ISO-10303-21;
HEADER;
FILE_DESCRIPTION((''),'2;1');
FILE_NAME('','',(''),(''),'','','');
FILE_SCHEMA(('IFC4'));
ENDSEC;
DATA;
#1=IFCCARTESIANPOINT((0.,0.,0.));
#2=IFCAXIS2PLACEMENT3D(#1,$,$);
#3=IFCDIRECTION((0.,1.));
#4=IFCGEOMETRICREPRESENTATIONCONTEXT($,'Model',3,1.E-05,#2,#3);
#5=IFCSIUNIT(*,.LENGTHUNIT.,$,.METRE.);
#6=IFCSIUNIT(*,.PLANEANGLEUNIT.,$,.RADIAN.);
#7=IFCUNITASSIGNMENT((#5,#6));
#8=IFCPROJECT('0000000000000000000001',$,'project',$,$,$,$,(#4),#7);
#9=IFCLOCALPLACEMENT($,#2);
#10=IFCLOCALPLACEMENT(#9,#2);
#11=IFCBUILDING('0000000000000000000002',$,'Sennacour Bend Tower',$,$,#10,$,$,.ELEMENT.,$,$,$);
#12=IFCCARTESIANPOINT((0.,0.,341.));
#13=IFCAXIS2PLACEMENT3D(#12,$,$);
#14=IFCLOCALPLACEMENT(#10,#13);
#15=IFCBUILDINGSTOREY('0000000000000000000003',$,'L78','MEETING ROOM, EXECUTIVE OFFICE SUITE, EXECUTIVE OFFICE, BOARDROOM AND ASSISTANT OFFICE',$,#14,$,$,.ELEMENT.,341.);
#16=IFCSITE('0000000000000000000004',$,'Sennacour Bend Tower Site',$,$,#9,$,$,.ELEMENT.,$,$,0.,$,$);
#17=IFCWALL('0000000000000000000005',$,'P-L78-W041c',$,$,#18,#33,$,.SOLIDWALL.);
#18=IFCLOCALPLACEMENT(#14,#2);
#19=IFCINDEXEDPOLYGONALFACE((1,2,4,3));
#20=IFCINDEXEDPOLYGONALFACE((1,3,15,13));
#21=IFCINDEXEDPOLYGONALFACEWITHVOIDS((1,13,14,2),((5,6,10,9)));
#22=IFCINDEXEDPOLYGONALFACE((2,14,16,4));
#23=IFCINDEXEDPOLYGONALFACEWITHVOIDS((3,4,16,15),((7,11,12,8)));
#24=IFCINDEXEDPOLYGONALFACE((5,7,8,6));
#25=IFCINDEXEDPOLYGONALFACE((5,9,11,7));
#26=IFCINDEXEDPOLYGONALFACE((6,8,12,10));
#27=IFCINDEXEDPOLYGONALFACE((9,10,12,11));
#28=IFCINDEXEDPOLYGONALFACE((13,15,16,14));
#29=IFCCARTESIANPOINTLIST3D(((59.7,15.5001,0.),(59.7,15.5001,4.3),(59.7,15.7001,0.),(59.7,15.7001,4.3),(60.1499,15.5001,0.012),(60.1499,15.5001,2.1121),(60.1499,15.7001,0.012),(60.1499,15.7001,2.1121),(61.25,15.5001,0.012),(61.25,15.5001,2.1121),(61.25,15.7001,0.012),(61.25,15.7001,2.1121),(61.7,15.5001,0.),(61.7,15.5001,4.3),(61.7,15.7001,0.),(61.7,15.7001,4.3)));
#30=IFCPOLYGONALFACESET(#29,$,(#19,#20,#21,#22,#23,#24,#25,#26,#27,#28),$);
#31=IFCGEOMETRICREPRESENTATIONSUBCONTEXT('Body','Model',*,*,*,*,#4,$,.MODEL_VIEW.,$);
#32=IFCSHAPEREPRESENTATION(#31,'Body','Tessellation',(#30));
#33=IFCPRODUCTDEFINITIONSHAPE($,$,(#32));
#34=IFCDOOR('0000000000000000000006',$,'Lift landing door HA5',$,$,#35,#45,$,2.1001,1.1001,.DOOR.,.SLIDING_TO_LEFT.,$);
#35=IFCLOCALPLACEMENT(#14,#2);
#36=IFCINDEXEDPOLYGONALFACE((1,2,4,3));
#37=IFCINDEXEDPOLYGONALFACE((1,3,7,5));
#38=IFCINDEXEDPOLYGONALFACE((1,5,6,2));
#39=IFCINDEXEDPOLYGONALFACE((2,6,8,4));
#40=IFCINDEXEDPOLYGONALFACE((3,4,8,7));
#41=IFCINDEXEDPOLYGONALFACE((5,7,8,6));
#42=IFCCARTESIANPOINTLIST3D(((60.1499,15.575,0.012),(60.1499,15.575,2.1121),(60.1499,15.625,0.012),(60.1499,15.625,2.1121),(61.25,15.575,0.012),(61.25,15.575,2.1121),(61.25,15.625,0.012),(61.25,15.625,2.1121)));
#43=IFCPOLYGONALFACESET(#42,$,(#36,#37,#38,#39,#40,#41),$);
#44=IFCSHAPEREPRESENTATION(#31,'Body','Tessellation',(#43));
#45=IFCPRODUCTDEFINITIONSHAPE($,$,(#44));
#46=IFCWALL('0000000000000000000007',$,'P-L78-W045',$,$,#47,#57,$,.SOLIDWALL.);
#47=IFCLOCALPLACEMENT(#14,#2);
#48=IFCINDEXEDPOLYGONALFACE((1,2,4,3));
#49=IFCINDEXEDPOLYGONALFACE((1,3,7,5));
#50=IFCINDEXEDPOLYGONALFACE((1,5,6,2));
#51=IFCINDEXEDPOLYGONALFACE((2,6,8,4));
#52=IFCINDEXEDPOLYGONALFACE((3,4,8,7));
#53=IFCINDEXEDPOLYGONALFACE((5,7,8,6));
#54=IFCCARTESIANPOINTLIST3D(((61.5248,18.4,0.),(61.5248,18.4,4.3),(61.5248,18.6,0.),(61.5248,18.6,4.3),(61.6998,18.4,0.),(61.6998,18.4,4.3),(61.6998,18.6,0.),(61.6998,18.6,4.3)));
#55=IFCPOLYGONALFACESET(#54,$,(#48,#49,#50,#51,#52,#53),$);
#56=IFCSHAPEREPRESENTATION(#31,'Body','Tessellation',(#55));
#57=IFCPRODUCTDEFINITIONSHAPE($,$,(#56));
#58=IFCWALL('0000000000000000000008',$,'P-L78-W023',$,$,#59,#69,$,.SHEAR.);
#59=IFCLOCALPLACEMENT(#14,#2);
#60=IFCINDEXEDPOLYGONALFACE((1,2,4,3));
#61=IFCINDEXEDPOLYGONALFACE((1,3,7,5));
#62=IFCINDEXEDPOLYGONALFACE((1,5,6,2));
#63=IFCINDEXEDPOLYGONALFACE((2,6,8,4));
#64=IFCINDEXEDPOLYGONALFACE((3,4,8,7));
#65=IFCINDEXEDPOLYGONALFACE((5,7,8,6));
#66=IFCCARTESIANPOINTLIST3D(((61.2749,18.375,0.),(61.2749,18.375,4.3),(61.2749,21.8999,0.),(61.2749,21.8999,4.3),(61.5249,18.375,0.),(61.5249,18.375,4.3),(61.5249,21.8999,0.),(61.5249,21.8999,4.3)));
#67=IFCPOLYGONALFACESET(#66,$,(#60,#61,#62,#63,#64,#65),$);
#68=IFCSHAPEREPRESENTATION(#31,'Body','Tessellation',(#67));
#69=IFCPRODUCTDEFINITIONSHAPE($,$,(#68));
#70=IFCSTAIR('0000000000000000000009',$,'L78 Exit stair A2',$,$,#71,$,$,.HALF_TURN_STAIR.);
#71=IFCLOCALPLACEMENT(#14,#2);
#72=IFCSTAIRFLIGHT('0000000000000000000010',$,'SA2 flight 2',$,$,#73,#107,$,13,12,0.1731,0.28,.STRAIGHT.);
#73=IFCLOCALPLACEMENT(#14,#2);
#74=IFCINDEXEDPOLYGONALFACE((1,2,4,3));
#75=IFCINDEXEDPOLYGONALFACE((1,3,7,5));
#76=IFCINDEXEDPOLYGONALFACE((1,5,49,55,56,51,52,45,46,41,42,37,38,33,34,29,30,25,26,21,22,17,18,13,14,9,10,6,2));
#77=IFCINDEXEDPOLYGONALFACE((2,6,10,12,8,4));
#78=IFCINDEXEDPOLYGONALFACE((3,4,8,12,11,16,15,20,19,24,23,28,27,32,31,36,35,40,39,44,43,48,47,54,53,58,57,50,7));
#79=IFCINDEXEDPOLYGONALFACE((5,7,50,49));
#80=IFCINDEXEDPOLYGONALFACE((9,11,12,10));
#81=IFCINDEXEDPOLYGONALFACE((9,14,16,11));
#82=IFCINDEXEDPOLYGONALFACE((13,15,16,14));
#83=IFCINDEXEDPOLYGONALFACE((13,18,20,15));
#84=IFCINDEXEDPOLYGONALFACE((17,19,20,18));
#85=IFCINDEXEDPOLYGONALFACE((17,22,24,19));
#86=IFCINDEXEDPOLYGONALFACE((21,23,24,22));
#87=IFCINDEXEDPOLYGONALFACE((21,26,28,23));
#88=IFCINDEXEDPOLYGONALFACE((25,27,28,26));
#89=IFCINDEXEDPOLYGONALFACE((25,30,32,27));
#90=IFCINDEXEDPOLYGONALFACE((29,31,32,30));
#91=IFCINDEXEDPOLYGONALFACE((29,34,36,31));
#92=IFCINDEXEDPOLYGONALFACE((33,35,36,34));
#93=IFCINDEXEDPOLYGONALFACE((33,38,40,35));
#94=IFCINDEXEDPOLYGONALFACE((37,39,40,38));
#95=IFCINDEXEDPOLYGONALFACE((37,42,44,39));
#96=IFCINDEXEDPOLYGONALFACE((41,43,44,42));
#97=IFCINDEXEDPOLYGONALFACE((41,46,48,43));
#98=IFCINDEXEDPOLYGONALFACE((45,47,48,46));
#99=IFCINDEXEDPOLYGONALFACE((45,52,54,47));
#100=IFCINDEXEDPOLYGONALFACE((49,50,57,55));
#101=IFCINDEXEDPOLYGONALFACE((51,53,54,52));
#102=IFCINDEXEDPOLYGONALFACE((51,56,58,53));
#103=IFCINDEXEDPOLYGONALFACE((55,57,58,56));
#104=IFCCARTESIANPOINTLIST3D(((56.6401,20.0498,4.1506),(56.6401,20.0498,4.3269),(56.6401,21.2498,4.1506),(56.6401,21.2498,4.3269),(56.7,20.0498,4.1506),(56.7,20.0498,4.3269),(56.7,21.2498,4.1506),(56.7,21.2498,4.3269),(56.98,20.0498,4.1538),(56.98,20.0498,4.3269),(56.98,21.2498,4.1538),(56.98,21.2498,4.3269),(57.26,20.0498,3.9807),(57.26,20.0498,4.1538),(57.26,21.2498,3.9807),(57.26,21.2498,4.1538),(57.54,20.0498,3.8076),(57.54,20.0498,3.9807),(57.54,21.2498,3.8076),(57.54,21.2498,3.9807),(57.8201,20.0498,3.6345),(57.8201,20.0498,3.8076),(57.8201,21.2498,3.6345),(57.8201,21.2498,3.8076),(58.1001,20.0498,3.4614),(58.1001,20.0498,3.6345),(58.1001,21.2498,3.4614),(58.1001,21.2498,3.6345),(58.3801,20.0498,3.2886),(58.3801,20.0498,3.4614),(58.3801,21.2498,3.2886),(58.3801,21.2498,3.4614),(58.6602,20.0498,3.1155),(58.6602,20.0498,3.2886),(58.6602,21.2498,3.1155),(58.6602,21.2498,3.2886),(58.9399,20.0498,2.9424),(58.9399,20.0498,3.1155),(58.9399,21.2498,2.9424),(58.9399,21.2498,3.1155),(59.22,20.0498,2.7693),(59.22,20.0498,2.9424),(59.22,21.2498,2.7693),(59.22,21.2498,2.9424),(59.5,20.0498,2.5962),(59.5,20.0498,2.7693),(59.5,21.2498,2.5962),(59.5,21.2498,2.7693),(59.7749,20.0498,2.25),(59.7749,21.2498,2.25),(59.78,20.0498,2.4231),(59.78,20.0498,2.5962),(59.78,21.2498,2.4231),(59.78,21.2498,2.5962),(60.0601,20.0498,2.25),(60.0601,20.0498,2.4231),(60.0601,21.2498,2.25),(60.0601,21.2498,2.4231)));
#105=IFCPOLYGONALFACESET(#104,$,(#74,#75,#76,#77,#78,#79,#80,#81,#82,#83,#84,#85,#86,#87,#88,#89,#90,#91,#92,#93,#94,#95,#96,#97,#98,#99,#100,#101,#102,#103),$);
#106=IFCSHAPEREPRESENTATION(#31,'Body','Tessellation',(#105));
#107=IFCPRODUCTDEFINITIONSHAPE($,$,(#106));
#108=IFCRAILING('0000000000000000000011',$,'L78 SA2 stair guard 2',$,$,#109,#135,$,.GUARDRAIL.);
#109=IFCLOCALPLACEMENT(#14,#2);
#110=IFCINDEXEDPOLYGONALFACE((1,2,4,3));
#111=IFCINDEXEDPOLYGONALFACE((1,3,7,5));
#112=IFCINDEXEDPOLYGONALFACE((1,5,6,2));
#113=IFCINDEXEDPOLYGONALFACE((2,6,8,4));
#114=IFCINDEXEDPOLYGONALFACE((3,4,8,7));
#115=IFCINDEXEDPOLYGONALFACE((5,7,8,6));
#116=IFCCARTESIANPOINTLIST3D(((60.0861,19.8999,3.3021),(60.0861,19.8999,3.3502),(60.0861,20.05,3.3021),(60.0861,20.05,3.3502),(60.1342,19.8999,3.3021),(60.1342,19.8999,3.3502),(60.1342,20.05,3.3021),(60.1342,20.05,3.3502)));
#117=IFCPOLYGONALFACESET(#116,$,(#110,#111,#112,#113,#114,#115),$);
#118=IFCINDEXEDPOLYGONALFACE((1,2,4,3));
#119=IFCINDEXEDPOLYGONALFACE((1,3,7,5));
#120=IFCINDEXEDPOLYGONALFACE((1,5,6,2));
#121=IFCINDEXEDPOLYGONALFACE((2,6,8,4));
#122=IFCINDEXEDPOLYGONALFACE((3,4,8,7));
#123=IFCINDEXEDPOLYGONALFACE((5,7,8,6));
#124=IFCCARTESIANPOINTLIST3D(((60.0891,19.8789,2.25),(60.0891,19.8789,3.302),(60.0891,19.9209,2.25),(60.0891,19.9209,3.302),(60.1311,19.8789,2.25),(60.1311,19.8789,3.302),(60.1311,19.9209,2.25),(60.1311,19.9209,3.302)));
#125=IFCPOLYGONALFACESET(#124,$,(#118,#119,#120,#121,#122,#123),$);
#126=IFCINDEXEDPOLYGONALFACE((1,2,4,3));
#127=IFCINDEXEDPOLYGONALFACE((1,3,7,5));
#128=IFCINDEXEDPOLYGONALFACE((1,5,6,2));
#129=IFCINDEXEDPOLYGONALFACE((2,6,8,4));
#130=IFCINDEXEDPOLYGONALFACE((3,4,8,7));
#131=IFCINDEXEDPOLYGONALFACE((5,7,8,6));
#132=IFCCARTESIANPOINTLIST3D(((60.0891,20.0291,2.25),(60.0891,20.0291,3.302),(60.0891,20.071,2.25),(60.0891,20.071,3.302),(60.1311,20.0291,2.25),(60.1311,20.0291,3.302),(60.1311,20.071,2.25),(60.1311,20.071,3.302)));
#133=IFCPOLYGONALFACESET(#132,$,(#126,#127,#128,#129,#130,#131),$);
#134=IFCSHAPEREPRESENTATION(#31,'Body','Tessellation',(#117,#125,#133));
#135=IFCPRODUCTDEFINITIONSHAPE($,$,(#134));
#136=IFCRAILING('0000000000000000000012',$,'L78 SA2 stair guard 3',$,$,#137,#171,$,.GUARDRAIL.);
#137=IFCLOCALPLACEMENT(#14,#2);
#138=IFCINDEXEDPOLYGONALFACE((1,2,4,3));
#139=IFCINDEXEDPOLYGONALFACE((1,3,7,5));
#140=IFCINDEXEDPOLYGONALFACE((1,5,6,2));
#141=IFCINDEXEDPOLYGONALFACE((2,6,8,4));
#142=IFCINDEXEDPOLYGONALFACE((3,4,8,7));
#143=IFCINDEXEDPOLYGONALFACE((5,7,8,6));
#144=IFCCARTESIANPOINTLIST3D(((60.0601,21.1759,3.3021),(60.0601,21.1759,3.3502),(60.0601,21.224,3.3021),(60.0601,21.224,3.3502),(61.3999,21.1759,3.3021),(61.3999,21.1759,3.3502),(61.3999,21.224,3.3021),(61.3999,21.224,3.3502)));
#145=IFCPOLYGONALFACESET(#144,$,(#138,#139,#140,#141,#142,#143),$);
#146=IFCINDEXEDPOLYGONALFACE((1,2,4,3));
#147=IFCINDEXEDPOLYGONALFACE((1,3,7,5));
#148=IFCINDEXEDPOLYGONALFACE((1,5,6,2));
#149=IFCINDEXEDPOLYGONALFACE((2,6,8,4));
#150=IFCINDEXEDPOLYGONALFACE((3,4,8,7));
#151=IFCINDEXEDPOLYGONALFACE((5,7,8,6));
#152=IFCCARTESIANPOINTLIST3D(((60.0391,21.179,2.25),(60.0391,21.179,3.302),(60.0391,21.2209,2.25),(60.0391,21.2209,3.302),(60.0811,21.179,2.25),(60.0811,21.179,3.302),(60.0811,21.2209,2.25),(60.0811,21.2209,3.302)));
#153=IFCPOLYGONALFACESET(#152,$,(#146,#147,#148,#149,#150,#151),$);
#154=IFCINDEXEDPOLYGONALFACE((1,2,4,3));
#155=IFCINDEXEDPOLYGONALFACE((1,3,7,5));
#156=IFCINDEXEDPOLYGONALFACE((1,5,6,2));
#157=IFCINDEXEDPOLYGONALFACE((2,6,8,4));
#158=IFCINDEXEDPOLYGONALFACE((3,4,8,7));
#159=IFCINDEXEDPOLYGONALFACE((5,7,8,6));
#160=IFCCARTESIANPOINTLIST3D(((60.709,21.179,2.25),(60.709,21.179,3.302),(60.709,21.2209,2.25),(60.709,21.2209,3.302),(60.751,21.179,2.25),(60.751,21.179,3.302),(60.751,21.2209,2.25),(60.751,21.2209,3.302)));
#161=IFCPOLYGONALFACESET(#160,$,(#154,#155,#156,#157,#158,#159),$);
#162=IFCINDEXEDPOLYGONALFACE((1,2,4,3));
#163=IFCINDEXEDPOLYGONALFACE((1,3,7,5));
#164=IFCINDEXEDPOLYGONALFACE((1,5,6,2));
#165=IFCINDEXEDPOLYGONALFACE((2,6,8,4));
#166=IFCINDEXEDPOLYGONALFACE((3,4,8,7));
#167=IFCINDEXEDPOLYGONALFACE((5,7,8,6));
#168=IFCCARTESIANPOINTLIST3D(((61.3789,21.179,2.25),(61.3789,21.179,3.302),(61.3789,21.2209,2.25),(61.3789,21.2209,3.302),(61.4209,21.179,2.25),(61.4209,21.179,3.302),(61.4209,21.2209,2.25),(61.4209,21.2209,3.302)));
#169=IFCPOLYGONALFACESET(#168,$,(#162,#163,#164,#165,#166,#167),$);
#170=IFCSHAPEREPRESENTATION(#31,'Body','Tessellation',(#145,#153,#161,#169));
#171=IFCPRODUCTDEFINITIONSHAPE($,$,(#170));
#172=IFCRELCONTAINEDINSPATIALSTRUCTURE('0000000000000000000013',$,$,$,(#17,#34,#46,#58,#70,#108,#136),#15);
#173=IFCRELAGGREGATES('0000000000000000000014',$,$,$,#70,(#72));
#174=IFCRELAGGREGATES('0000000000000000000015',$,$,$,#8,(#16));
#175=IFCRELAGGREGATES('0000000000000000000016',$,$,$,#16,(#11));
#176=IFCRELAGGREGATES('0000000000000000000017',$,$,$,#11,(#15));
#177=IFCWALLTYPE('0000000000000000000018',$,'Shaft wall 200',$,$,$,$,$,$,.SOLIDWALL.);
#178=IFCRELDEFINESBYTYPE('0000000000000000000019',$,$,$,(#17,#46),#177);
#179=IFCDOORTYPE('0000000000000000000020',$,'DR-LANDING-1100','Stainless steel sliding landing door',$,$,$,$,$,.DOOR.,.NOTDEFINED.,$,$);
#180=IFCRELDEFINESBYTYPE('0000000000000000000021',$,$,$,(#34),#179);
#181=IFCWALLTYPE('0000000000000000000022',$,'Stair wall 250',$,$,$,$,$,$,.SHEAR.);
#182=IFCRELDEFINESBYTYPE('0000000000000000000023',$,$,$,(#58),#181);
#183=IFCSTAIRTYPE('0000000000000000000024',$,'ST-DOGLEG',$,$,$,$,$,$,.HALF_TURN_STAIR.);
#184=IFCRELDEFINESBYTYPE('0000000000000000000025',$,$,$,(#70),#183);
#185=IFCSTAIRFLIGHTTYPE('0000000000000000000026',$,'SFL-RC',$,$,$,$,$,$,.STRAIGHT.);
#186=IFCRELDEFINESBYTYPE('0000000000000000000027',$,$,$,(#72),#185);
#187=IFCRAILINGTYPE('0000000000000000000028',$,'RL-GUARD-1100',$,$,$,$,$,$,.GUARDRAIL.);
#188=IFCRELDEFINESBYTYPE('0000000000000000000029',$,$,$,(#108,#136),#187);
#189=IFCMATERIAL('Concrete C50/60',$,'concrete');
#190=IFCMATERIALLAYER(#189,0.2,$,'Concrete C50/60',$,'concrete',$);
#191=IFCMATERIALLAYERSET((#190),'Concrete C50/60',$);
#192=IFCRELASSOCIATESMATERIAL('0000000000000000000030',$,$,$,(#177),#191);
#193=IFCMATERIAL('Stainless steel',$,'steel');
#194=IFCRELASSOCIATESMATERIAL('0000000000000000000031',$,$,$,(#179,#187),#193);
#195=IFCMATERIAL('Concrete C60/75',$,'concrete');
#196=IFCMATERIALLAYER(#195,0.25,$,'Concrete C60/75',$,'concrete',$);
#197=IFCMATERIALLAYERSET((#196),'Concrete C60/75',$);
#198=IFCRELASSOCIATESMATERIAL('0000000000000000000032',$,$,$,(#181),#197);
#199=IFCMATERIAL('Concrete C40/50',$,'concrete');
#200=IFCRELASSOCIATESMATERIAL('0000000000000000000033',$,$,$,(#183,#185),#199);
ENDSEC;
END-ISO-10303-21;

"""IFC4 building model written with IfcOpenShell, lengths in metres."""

from ifc_helpers import new_model, si_unit, direction, frame, frame_2d, origin, origin_2d, place, context, subcontext, project, spatial, polyline, rectangle, outline, extrude, material, layer, layer_set, type_object, element, fill, aggregate, save


model = new_model("IFC4")

# Units and contexts
model_context = context("Model", 3, precision=1e-05, world=origin(), true_north=direction((0.0, 1.0)))
body_context = subcontext(model_context, "Body", "Model", "MODEL_VIEW")
ifc_project = project(units=[si_unit("LENGTHUNIT", "METRE"), si_unit("PLANEANGLEUNIT", "RADIAN")], contexts=[model_context])

# Site, building, storey
site_placement = place(None, origin())
site = spatial("IfcSite", under=ifc_project, at=site_placement, Name="Sennacour Bend Tower Site", CompositionType="ELEMENT", RefElevation=0.0)
building_placement = place(site_placement, origin())
building = spatial("IfcBuilding", under=site, at=building_placement, Name="Sennacour Bend Tower", CompositionType="ELEMENT")
storey_placement = place(building_placement, frame((0.0, 0.0, 341.0)))
storey = spatial("IfcBuildingStorey", under=building, at=storey_placement, Name="L78", Description="MEETING ROOM, EXECUTIVE OFFICE SUITE, EXECUTIVE OFFICE, BOARDROOM AND ASSISTANT OFFICE", CompositionType="ELEMENT", Elevation=341.0)

# Shared definitions
ifc_material_1 = material(Name="Concrete C50/60", Category="concrete")
ifc_layer_1 = layer(ifc_material_1, 0.2, Name="Concrete C50/60", Category="concrete")
ifc_layer_set_1 = layer_set([ifc_layer_1], Name="Concrete C50/60")
wall_type_1 = type_object("IfcWallType", Name="Shaft wall 200", PredefinedType="SOLIDWALL", material=ifc_layer_set_1)

# Shared definitions
ifc_material_2 = material(Name="Stainless steel", Category="steel")
door_type_1 = type_object("IfcDoorType", Name="DR-LANDING-1100", Description="Stainless steel sliding landing door", OperationType="NOTDEFINED", PredefinedType="DOOR", material=ifc_material_2)

# Wall, opening, door
wall_1_placement = place(storey_placement, frame((59.7, 15.6001, 0.0), z_axis=(0.0, 0.0, 1.0), x_axis=(1.0, 0.0, 0.0)))
wall_1 = element("IfcWall", 1, at=wall_1_placement, inside=storey, type_object=wall_type_1, Name="P-L78-W041c", PredefinedType="SOLIDWALL", context=body_context, shape_type="SweptSolid", body=[
    extrude(rectangle(XDim=2.0, YDim=0.2, at=frame_2d((1.0, 0.0))), origin(), (0.0, 0.0, 1.0), 4.3),
])
opening_1_placement = place(wall_1_placement, frame((0.45, 0.0, 0.012)))
opening_1 = element("IfcOpeningElement", 2, at=opening_1_placement, cuts=wall_1, PredefinedType="OPENING", context=body_context, shape_type="SweptSolid", body=[
    extrude(rectangle(XDim=1.1001, YDim=2.1001, at=frame_2d((0.55, 1.05))), frame((0.0, 0.1099, 0.0), z_axis=(0.0, -1.0, 0.0), x_axis=(1.0, 0.0, 0.0)), (0.0, 0.0, 1.0), 0.22),
])
door_1_placement = place(opening_1_placement, origin())
door_1 = element("IfcDoor", 3, at=door_1_placement, inside=storey, type_object=door_type_1, Name="Lift landing door HA5", OperationType="SLIDING_TO_LEFT", OverallHeight=2.1001, OverallWidth=1.1001, PredefinedType="DOOR", context=body_context, shape_type="SweptSolid", body=[
    extrude(rectangle(XDim=1.1001, YDim=2.1001, at=frame_2d((0.55, 1.05))), frame((0.0, 0.0249, 0.0), z_axis=(0.0, -1.0, 0.0), x_axis=(1.0, 0.0, 0.0)), (0.0, 0.0, 1.0), 0.05),
])
fill(opening_1, door_1)

# Walls
wall_2_placement = place(storey_placement, frame((61.5249, 18.5, 0.0), z_axis=(0.0, 0.0, 1.0), x_axis=(1.0, 0.0, 0.0)))
element("IfcWall", 4, at=wall_2_placement, inside=storey, type_object=wall_type_1, Name="P-L78-W045", PredefinedType="SOLIDWALL", context=body_context, shape_type="SweptSolid", body=[
    extrude(rectangle(XDim=0.175, YDim=0.2, at=frame_2d((0.0874, 0.0))), origin(), (0.0, 0.0, 1.0), 4.3),
])
ifc_material_3 = material(Name="Concrete C60/75", Category="concrete")
ifc_layer_2 = layer(ifc_material_3, 0.25, Name="Concrete C60/75", Category="concrete")
ifc_layer_set_2 = layer_set([ifc_layer_2], Name="Concrete C60/75")
wall_type_2 = type_object("IfcWallType", Name="Stair wall 250", PredefinedType="SHEAR", material=ifc_layer_set_2)
wall_3_placement = place(storey_placement, frame((61.3999, 18.375, 0.0), z_axis=(0.0, 0.0, 1.0), x_axis=(0.0, 1.0, 0.0)))
element("IfcWall", 5, at=wall_3_placement, inside=storey, type_object=wall_type_2, Name="P-L78-W023", PredefinedType="SHEAR", context=body_context, shape_type="SweptSolid", body=[
    extrude(rectangle(XDim=3.5249, YDim=0.25, at=frame_2d((1.7625, 0.0))), origin(), (0.0, 0.0, 1.0), 4.3),
])

# Stair, stair flight
ifc_material_4 = material(Name="Concrete C40/50", Category="concrete")
stair_type = type_object("IfcStairType", Name="ST-DOGLEG", PredefinedType="HALF_TURN_STAIR", material=ifc_material_4)
stair_placement = place(storey_placement, origin())
stair = element("IfcStair", 6, at=stair_placement, inside=storey, type_object=stair_type, Name="L78 Exit stair A2", PredefinedType="HALF_TURN_STAIR")
stair_flight_type = type_object("IfcStairFlightType", Name="SFL-RC", PredefinedType="STRAIGHT", material=ifc_material_4)
stair_flight_placement = place(storey_placement, frame((60.0601, 20.6499, 2.25), z_axis=(0.0, 0.0, 1.0), x_axis=(-1.0, 0.0, 0.0)))
stair_flight = element("IfcStairFlight", 7, at=stair_flight_placement, type_object=stair_flight_type, Name="SA2 flight 2", NumberOfRisers=13, NumberOfTreads=12, PredefinedType="STRAIGHT", RiserHeight=0.1731, TreadLength=0.28, context=body_context, shape_type="SweptSolid", body=[
    extrude(outline(polyline([(0.0, 0.0), (0.0, 0.1731), (0.28, 0.1731), (0.28, 0.3462), (0.5601, 0.3462), (0.5601, 0.5193), (0.8401, 0.5193), (0.8401, 0.6924), (1.1201, 0.6924), (1.1201, 0.8655), (1.3999, 0.8655), (1.3999, 1.0386), (1.6799, 1.0386), (1.6799, 1.2114), (1.96, 1.2114), (1.96, 1.3845), (2.24, 1.3845), (2.24, 1.5576), (2.52, 1.5576), (2.52, 1.7307), (2.8, 1.7307), (2.8, 1.9038), (3.0801, 1.9038), (3.0801, 2.0769), (3.3601, 2.0769), (3.4199, 2.0769), (3.4199, 1.9006), (3.3601, 1.9006), (0.2852, 0.0), (0.0, 0.0)])), frame((0.0, 0.6001, 0.0), z_axis=(0.0, -1.0, 0.0), x_axis=(1.0, 0.0, 0.0)), (0.0, 0.0, 1.0), 1.2),
])
aggregate(stair, [stair_flight])

# Railings
railing_type_1 = type_object("IfcRailingType", Name="RL-GUARD-1100", PredefinedType="GUARDRAIL", material=ifc_material_2)
railing_1_placement = place(storey_placement, frame((60.1101, 19.8999, 2.25)))
element("IfcRailing", 8, at=railing_1_placement, inside=storey, type_object=railing_type_1, Name="L78 SA2 stair guard 2", PredefinedType="GUARDRAIL", context=body_context, shape_type="SweptSolid", body=[
    extrude(rectangle(XDim=0.0481, YDim=0.0481, at=origin_2d()), frame((0.0, 0.0, 1.0762), z_axis=(0.0, 1.0, 0.0), x_axis=(-1.0, 0.0, 0.0)), (0.0, 0.0, 1.0), 0.1501),
    extrude(rectangle(XDim=0.042, YDim=0.042, at=origin_2d()), origin(), (0.0, 0.0, 1.0), 1.052),
    extrude(rectangle(XDim=0.042, YDim=0.042, at=origin_2d()), frame((0.0, 0.1501, 0.0)), (0.0, 0.0, 1.0), 1.052),
])
railing_2_placement = place(storey_placement, frame((60.0601, 21.2, 2.25)))
element("IfcRailing", 9, at=railing_2_placement, inside=storey, type_object=railing_type_1, Name="L78 SA2 stair guard 3", PredefinedType="GUARDRAIL", context=body_context, shape_type="SweptSolid", body=[
    extrude(rectangle(XDim=0.0481, YDim=0.0481, at=origin_2d()), frame((0.0, 0.0, 1.0762), z_axis=(1.0, 0.0, 0.0), x_axis=(0.0, 1.0, 0.0)), (0.0, 0.0, 1.0), 1.3398),
    extrude(rectangle(XDim=0.042, YDim=0.042, at=origin_2d()), origin(), (0.0, 0.0, 1.0), 1.052),
    extrude(rectangle(XDim=0.042, YDim=0.042, at=origin_2d()), frame((0.6699, 0.0, 0.0)), (0.0, 0.0, 1.0), 1.052),
    extrude(rectangle(XDim=0.042, YDim=0.042, at=origin_2d()), frame((1.3398, 0.0, 0.0)), (0.0, 0.0, 1.0), 1.052),
])

save(model, "model.ifc")
